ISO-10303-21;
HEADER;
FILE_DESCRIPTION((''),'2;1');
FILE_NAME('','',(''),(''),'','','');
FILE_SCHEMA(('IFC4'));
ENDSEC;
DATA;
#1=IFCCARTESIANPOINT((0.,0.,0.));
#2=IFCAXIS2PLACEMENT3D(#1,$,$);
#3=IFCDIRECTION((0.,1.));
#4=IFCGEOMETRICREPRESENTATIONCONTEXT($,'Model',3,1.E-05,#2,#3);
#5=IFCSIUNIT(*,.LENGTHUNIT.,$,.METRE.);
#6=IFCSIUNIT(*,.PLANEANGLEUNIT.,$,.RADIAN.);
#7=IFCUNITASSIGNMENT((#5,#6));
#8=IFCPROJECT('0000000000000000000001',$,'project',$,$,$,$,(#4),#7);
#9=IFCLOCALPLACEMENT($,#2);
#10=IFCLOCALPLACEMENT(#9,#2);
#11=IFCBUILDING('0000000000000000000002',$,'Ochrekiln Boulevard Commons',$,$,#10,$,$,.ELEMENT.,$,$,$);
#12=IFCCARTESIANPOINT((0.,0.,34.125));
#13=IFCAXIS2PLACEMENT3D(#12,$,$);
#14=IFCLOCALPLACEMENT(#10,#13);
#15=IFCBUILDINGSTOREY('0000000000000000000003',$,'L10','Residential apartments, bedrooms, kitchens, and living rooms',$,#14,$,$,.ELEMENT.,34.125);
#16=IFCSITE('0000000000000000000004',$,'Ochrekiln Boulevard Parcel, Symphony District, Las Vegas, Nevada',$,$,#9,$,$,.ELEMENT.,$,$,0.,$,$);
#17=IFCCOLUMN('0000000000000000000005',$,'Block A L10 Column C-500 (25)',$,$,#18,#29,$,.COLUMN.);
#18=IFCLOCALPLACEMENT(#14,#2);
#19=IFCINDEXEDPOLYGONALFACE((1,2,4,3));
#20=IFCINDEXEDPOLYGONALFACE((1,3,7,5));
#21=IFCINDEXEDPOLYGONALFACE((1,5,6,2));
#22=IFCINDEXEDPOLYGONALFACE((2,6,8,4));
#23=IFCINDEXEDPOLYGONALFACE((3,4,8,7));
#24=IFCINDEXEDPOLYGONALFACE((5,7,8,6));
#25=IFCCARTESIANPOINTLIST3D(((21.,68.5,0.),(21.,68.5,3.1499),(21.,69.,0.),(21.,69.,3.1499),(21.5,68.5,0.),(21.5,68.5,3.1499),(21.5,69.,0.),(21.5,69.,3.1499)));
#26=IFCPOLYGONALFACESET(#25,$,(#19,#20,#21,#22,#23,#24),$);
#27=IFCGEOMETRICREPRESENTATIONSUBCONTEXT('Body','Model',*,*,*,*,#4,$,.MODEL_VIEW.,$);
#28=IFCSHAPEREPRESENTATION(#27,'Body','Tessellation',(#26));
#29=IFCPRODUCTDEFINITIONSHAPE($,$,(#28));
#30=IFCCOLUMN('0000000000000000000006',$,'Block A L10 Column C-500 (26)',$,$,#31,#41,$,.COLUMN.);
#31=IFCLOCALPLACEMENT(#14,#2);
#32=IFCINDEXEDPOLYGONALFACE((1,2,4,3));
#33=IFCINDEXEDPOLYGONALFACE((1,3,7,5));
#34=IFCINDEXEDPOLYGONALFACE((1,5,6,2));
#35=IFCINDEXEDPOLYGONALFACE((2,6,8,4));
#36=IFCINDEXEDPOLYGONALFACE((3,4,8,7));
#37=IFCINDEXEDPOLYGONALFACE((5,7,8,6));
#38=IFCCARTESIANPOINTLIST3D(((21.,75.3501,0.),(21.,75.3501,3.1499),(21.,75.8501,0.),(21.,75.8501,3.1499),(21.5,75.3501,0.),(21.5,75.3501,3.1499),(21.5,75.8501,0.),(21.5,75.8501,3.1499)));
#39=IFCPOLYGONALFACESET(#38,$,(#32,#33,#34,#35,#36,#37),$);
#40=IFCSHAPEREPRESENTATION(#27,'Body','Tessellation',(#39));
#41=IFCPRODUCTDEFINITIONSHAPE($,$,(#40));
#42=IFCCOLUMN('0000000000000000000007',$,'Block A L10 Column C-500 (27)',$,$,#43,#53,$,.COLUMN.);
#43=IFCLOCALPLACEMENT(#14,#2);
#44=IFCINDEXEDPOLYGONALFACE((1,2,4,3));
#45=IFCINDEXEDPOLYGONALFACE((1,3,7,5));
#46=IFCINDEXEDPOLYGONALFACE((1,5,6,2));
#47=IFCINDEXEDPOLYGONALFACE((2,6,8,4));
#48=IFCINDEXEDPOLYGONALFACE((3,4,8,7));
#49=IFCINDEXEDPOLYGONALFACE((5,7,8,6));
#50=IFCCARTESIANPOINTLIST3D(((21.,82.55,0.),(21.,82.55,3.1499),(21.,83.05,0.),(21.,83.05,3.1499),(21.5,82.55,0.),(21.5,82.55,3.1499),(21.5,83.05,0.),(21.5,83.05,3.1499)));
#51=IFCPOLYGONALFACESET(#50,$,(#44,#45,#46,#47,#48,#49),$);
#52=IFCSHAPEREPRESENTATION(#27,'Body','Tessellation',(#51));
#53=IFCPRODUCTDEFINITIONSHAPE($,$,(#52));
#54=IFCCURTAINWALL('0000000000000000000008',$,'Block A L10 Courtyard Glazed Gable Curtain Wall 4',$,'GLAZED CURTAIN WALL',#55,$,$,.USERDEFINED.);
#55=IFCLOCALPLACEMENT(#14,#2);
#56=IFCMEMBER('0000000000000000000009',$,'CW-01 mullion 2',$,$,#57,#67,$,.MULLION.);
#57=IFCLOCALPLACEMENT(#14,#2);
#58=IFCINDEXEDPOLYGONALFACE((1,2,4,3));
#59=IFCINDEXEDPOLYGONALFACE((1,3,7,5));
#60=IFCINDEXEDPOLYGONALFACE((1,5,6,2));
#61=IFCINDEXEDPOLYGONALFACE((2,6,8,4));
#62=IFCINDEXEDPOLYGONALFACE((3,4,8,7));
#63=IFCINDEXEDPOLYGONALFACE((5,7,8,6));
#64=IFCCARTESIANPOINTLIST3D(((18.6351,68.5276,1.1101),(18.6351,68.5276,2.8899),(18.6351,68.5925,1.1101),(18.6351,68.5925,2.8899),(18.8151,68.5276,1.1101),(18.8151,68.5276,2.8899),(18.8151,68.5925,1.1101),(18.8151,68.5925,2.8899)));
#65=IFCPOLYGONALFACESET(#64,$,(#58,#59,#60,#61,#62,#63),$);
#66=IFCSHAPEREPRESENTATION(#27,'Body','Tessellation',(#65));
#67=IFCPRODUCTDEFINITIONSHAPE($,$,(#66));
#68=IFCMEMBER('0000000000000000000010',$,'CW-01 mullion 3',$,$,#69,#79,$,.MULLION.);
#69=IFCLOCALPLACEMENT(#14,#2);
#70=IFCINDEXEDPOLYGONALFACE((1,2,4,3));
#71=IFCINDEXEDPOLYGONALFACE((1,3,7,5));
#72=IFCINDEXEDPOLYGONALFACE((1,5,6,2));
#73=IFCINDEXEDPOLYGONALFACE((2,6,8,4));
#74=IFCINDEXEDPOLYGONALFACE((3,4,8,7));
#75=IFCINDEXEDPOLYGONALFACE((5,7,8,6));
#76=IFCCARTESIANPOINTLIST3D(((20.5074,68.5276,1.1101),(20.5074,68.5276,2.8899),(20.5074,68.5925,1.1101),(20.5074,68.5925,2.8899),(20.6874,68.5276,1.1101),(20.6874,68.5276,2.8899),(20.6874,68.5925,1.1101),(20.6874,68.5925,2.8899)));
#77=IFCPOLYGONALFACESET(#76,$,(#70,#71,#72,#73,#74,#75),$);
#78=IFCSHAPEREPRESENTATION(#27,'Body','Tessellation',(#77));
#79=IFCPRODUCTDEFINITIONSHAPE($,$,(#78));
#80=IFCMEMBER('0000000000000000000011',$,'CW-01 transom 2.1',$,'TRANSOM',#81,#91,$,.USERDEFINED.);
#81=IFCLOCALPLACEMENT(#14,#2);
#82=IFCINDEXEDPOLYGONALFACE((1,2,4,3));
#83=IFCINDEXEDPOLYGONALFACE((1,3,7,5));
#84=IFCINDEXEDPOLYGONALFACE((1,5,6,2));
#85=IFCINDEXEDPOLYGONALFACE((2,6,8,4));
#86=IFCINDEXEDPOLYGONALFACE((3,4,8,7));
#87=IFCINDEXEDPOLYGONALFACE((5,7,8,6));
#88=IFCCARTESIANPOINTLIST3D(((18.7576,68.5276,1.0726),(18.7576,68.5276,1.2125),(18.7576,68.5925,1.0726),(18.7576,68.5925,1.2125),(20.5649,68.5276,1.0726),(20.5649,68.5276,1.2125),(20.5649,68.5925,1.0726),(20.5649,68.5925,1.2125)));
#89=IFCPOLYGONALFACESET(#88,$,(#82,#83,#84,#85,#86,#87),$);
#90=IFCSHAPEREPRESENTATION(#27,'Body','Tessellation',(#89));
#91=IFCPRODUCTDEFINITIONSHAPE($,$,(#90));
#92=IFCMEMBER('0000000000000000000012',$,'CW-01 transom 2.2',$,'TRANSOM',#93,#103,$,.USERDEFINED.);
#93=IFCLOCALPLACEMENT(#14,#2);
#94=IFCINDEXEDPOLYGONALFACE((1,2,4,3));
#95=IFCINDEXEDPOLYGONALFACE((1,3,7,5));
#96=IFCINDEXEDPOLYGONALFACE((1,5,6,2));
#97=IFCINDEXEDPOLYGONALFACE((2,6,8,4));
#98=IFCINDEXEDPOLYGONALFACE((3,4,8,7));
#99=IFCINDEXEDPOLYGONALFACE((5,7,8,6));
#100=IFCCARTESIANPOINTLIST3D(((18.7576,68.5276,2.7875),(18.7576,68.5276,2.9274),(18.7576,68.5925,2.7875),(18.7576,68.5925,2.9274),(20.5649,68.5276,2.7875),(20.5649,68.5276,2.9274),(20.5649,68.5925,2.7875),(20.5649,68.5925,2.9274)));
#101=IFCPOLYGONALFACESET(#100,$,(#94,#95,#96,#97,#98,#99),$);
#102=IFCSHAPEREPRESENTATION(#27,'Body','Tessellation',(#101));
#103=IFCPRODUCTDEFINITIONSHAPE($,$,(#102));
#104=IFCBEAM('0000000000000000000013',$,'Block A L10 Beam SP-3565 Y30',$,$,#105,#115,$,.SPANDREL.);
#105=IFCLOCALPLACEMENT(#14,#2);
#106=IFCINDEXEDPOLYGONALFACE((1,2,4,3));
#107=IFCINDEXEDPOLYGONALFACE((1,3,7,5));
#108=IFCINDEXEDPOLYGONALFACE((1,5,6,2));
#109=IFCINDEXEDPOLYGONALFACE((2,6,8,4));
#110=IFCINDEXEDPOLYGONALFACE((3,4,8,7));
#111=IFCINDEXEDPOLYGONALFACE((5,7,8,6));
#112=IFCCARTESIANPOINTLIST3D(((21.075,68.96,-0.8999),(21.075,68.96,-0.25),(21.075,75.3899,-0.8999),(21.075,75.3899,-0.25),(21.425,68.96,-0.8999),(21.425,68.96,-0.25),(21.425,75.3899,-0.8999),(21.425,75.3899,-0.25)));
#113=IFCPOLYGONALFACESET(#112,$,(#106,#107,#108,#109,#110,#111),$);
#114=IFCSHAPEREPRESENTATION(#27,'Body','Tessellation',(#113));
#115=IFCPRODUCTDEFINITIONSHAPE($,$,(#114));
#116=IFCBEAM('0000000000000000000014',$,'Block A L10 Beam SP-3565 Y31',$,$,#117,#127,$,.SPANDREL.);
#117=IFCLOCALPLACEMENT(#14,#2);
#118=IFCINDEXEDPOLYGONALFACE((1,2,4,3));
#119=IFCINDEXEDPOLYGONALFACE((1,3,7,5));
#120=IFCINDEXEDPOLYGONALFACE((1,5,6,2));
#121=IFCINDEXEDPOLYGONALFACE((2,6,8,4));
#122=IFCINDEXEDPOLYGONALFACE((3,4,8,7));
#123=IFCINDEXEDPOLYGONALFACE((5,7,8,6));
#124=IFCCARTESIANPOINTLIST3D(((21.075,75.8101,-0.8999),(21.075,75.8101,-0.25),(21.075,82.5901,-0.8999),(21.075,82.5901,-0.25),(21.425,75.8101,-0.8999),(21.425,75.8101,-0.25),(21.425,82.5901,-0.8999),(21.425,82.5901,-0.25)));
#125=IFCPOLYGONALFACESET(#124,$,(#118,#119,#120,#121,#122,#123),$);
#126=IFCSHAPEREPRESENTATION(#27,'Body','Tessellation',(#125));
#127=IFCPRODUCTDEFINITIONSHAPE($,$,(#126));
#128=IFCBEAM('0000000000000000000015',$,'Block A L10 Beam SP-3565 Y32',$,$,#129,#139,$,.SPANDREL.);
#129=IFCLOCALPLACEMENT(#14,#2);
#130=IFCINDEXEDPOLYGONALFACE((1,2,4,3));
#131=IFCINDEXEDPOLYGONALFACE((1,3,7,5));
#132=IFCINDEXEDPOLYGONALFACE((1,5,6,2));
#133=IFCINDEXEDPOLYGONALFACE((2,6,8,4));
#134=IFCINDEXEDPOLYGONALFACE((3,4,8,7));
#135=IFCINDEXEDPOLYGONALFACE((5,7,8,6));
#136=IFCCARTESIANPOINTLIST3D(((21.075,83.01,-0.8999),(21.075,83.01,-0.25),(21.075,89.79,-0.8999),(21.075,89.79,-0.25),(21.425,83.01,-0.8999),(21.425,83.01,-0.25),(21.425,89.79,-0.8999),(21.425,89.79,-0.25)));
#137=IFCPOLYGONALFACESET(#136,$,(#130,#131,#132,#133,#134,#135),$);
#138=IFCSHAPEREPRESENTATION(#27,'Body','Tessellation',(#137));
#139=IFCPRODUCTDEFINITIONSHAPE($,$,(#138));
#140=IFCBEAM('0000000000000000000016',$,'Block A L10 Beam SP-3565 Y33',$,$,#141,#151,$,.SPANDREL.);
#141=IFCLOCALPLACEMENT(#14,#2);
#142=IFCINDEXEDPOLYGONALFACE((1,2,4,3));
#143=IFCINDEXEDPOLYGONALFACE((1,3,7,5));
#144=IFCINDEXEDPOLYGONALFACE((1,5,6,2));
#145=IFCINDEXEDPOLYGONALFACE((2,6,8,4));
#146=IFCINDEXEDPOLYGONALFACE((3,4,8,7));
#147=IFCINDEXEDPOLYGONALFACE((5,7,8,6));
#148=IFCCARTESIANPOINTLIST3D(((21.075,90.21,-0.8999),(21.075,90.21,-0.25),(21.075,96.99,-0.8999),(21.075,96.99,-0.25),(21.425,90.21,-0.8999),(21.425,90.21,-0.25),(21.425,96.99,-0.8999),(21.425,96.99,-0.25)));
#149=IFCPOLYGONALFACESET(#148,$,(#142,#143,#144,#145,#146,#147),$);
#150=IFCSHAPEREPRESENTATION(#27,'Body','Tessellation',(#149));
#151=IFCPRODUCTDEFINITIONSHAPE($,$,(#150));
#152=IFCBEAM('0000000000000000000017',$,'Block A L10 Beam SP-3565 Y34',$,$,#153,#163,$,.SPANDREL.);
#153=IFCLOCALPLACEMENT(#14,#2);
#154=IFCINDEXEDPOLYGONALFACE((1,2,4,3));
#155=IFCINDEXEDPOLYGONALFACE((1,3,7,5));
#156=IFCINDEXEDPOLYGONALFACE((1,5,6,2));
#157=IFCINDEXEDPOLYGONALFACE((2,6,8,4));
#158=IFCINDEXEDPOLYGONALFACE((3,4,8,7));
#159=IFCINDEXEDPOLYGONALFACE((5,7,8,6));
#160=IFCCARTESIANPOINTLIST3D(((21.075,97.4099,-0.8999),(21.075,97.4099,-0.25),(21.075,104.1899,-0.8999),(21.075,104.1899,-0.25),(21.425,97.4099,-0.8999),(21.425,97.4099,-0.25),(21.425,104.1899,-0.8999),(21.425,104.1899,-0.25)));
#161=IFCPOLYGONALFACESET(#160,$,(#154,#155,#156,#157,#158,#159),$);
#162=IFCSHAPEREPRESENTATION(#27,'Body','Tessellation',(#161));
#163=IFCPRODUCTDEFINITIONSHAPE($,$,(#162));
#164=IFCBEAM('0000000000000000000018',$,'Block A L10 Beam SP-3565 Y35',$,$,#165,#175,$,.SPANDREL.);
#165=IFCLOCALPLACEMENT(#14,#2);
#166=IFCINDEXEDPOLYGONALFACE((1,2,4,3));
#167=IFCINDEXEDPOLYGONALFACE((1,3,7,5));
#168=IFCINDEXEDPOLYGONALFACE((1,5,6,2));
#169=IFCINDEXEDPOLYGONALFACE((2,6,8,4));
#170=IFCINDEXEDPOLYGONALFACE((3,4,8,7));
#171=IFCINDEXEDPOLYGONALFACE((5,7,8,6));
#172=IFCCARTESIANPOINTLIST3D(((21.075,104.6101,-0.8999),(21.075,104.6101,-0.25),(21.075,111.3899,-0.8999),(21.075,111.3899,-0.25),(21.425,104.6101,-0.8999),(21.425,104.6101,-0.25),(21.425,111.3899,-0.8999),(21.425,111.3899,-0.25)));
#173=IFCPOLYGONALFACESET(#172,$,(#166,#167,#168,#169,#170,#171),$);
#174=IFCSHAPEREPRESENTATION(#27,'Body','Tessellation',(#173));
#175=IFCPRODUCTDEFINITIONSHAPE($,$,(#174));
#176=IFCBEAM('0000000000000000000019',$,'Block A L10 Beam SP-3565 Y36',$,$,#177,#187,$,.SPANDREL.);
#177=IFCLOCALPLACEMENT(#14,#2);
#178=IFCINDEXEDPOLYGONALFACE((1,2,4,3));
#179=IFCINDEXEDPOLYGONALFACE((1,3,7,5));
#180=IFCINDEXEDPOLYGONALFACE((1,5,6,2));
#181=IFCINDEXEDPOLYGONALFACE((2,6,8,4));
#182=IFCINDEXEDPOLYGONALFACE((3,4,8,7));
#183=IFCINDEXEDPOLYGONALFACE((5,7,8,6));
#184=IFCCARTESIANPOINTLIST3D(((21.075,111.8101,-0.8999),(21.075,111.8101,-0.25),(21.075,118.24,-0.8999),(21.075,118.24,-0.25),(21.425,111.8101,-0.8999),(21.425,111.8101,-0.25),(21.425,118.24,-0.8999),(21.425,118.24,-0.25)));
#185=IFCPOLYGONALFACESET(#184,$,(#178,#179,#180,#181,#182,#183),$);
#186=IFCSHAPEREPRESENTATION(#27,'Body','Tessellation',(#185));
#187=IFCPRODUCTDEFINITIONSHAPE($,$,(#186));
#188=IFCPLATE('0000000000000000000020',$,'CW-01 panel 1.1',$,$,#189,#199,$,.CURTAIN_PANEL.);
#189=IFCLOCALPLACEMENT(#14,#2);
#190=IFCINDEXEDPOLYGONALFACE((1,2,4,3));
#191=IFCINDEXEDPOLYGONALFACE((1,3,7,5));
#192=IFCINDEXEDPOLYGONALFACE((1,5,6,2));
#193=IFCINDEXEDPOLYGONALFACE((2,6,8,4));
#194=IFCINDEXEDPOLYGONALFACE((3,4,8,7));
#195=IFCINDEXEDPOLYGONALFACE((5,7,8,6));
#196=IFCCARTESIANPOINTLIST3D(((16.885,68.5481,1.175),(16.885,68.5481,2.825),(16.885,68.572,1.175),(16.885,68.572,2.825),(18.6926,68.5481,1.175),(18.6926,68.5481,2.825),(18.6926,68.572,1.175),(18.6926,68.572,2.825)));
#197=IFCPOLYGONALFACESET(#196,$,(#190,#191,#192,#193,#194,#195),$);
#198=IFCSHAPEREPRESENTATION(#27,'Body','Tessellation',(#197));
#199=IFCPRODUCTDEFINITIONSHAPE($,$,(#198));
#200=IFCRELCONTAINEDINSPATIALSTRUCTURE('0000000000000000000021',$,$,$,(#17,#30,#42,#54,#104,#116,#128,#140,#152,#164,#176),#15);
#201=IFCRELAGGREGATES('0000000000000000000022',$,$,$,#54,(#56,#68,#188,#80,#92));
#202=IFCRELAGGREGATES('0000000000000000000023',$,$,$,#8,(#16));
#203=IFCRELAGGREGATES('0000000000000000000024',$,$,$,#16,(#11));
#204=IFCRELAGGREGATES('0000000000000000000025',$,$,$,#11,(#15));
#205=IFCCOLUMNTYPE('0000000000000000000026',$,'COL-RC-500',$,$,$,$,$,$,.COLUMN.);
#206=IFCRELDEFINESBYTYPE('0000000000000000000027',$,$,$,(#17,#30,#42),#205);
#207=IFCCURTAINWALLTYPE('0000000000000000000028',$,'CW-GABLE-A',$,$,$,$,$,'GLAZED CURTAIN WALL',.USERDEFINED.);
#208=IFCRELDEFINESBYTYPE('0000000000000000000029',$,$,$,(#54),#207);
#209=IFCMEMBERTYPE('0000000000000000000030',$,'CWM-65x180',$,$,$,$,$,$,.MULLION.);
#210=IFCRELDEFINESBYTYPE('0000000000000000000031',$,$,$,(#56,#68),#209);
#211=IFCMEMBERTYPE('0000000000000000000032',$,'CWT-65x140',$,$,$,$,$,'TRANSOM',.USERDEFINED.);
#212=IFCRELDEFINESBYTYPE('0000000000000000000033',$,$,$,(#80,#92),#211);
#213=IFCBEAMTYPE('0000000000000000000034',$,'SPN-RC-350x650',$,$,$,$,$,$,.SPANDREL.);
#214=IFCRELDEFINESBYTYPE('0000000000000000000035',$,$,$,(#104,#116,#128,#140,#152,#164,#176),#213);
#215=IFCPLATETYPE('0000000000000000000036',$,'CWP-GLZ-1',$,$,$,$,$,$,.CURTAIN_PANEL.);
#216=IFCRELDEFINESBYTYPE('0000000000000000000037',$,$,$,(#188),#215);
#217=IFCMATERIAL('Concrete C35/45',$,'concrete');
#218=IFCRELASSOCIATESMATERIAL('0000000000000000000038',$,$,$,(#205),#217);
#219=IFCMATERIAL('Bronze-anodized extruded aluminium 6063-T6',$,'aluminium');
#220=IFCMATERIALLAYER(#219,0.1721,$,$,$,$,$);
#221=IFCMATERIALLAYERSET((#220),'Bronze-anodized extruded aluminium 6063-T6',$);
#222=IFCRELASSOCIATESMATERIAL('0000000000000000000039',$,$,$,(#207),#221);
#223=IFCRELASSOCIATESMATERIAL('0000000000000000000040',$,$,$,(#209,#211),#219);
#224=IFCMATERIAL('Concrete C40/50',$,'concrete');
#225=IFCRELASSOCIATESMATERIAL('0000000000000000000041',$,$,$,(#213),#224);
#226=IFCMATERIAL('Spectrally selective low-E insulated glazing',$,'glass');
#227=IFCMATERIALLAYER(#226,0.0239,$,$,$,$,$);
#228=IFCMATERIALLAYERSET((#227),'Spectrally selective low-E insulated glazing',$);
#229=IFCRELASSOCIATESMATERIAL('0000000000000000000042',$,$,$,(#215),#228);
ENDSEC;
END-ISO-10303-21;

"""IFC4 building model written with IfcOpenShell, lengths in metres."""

from ifc_helpers import new_model, si_unit, direction, frame, origin, origin_2d, place, context, subcontext, project, spatial, rectangle, extrude, material, layer, layer_set, material_profile, profile_set, type_object, element, aggregate, save


model = new_model("IFC4")

# Units and contexts
model_context = context("Model", 3, precision=1e-05, world=origin(), true_north=direction((0.0, 1.0)))
body_context = subcontext(model_context, "Body", "Model", "MODEL_VIEW")
ifc_project = project(units=[si_unit("LENGTHUNIT", "METRE"), si_unit("PLANEANGLEUNIT", "RADIAN")], contexts=[model_context])

# Site, building, storey
site_placement = place(None, origin())
site = spatial("IfcSite", under=ifc_project, at=site_placement, Name="Ochrekiln Boulevard Parcel, Symphony District, Las Vegas, Nevada", CompositionType="ELEMENT", RefElevation=0.0)
building_placement = place(site_placement, origin())
building = spatial("IfcBuilding", under=site, at=building_placement, Name="Ochrekiln Boulevard Commons", CompositionType="ELEMENT")
storey_placement = place(building_placement, frame((0.0, 0.0, 34.125)))
storey = spatial("IfcBuildingStorey", under=building, at=storey_placement, Name="L10", Description="Residential apartments, bedrooms, kitchens, and living rooms", CompositionType="ELEMENT", Elevation=34.125)

# Columns
ifc_material_1 = material(Name="Concrete C35/45", Category="concrete")
ifc_material_profile_1 = material_profile(ifc_material_1, rectangle(XDim=0.5, YDim=0.5, at=origin_2d()), Name="RC-COL-500x500")
ifc_profile_set_1 = profile_set([ifc_material_profile_1], Name="Concrete C35/45")
column_type = type_object("IfcColumnType", Name="COL-RC-500", PredefinedType="COLUMN", material=ifc_profile_set_1)
for number, where, z_axis, x_axis, name in (
    (1, (21.25, 68.75, 0.0), (0.0, 0.0, 1.0), (1.0, 0.0, 0.0), "Block A L10 Column C-500 (25)"),
    (2, (21.25, 75.6001, 0.0), (0.0, 0.0, 1.0), (1.0, 0.0, 0.0), "Block A L10 Column C-500 (26)"),
    (3, (21.25, 82.8, 0.0), (0.0, 0.0, 1.0), (1.0, 0.0, 0.0), "Block A L10 Column C-500 (27)"),
):
    element("IfcColumn", number, at=place(storey_placement, frame(where, z_axis=z_axis, x_axis=x_axis)), inside=storey, type_object=column_type, Name=name, PredefinedType="COLUMN", context=body_context, shape_type="SweptSolid", body=[
        extrude(rectangle(XDim=0.5, YDim=0.5, at=origin_2d()), origin(), (0.0, 0.0, 1.0), 3.1499),
    ])

# Curtain wall, members
ifc_material_2 = material(Name="Bronze-anodized extruded aluminium 6063-T6", Category="aluminium")
ifc_layer_1 = layer(ifc_material_2, 0.1721)
ifc_layer_set_1 = layer_set([ifc_layer_1], Name="Bronze-anodized extruded aluminium 6063-T6")
curtain_wall_type = type_object("IfcCurtainWallType", Name="CW-GABLE-A", ElementType="GLAZED CURTAIN WALL", PredefinedType="USERDEFINED", material=ifc_layer_set_1)
curtain_wall_placement = place(storey_placement, origin())
curtain_wall = element("IfcCurtainWall", 4, at=curtain_wall_placement, inside=storey, type_object=curtain_wall_type, Name="Block A L10 Courtyard Glazed Gable Curtain Wall 4", ObjectType="GLAZED CURTAIN WALL", PredefinedType="USERDEFINED")
ifc_material_profile_2 = material_profile(ifc_material_2, rectangle(XDim=0.0649, YDim=0.1799, at=origin_2d()), Name="ALU-MUL-65x180")
ifc_profile_set_2 = profile_set([ifc_material_profile_2], Name="Bronze-anodized extruded aluminium 6063-T6")
member_type_1 = type_object("IfcMemberType", Name="CWM-65x180", PredefinedType="MULLION", material=ifc_profile_set_2)
member_1_placement = place(storey_placement, frame((18.7251, 68.5601, 1.1101), z_axis=(0.0, 0.0, 1.0), x_axis=(0.0, 1.0, 0.0)))
member_1 = element("IfcMember", 5, at=member_1_placement, type_object=member_type_1, Name="CW-01 mullion 2", PredefinedType="MULLION", context=body_context, shape_type="SweptSolid", body=[
    extrude(rectangle(XDim=0.0649, YDim=0.1799, at=origin_2d()), origin(), (0.0, 0.0, 1.0), 1.7798),
])
member_2_placement = place(storey_placement, frame((20.5974, 68.5601, 1.1101), z_axis=(0.0, 0.0, 1.0), x_axis=(0.0, 1.0, 0.0)))
member_2 = element("IfcMember", 6, at=member_2_placement, type_object=member_type_1, Name="CW-01 mullion 3", PredefinedType="MULLION", context=body_context, shape_type="SweptSolid", body=[
    extrude(rectangle(XDim=0.0649, YDim=0.1799, at=origin_2d()), origin(), (0.0, 0.0, 1.0), 1.7798),
])
ifc_material_profile_3 = material_profile(ifc_material_2, rectangle(XDim=0.0649, YDim=0.1399, at=origin_2d()), Name="ALU-TRN-65x140")
ifc_profile_set_3 = profile_set([ifc_material_profile_3], Name="Bronze-anodized extruded aluminium 6063-T6")
member_type_2 = type_object("IfcMemberType", Name="CWT-65x140", ElementType="TRANSOM", PredefinedType="USERDEFINED", material=ifc_profile_set_3)
member_3_placement = place(storey_placement, frame((18.7576, 68.5601, 1.1426), z_axis=(1.0, 0.0, 0.0), x_axis=(0.0, 1.0, 0.0)))
member_3 = element("IfcMember", 7, at=member_3_placement, type_object=member_type_2, Name="CW-01 transom 2.1", ObjectType="TRANSOM", PredefinedType="USERDEFINED", context=body_context, shape_type="SweptSolid", body=[
    extrude(rectangle(XDim=0.0649, YDim=0.1399, at=origin_2d()), origin(), (0.0, 0.0, 1.0), 1.8074),
])
member_4_placement = place(storey_placement, frame((18.7576, 68.5601, 2.8574), z_axis=(1.0, 0.0, 0.0), x_axis=(0.0, 1.0, 0.0)))
member_4 = element("IfcMember", 8, at=member_4_placement, type_object=member_type_2, Name="CW-01 transom 2.2", ObjectType="TRANSOM", PredefinedType="USERDEFINED", context=body_context, shape_type="SweptSolid", body=[
    extrude(rectangle(XDim=0.0649, YDim=0.1399, at=origin_2d()), origin(), (0.0, 0.0, 1.0), 1.8074),
])

# Beams
ifc_material_3 = material(Name="Concrete C40/50", Category="concrete")
ifc_material_profile_4 = material_profile(ifc_material_3, rectangle(XDim=0.3501, YDim=0.6499, at=origin_2d()), Name="RC-SPN-350x650")
ifc_profile_set_4 = profile_set([ifc_material_profile_4], Name="Concrete C40/50")
beam_type = type_object("IfcBeamType", Name="SPN-RC-350x650", PredefinedType="SPANDREL", material=ifc_profile_set_4)
beam_1_placement = place(storey_placement, frame((21.25, 68.96, -0.575), z_axis=(0.0, 1.0, 0.0), x_axis=(-1.0, 0.0, 0.0)))
element("IfcBeam", 9, at=beam_1_placement, inside=storey, type_object=beam_type, Name="Block A L10 Beam SP-3565 Y30", PredefinedType="SPANDREL", context=body_context, shape_type="SweptSolid", body=[
    extrude(rectangle(XDim=0.3501, YDim=0.6499, at=origin_2d()), origin(), (0.0, 0.0, 1.0), 6.4299),
])
for number, where, z_axis, x_axis, name in (
    (10, (21.25, 75.8101, -0.575), (0.0, 1.0, 0.0), (-1.0, 0.0, 0.0), "Block A L10 Beam SP-3565 Y31"),
    (11, (21.25, 83.01, -0.575), (0.0, 1.0, 0.0), (-1.0, 0.0, 0.0), "Block A L10 Beam SP-3565 Y32"),
    (12, (21.25, 90.21, -0.575), (0.0, 1.0, 0.0), (-1.0, 0.0, 0.0), "Block A L10 Beam SP-3565 Y33"),
    (13, (21.25, 97.4099, -0.575), (0.0, 1.0, 0.0), (-1.0, 0.0, 0.0), "Block A L10 Beam SP-3565 Y34"),
):
    element("IfcBeam", number, at=place(storey_placement, frame(where, z_axis=z_axis, x_axis=x_axis)), inside=storey, type_object=beam_type, Name=name, PredefinedType="SPANDREL", context=body_context, shape_type="SweptSolid", body=[
        extrude(rectangle(XDim=0.3501, YDim=0.6499, at=origin_2d()), origin(), (0.0, 0.0, 1.0), 6.78),
    ])
beam_2_placement = place(storey_placement, frame((21.25, 104.6101, -0.575), z_axis=(0.0, 1.0, 0.0), x_axis=(-1.0, 0.0, 0.0)))
element("IfcBeam", 14, at=beam_2_placement, inside=storey, type_object=beam_type, Name="Block A L10 Beam SP-3565 Y35", PredefinedType="SPANDREL", context=body_context, shape_type="SweptSolid", body=[
    extrude(rectangle(XDim=0.3501, YDim=0.6499, at=origin_2d()), origin(), (0.0, 0.0, 1.0), 6.7798),
])
beam_3_placement = place(storey_placement, frame((21.25, 111.8101, -0.575), z_axis=(0.0, 1.0, 0.0), x_axis=(-1.0, 0.0, 0.0)))
element("IfcBeam", 15, at=beam_3_placement, inside=storey, type_object=beam_type, Name="Block A L10 Beam SP-3565 Y36", PredefinedType="SPANDREL", context=body_context, shape_type="SweptSolid", body=[
    extrude(rectangle(XDim=0.3501, YDim=0.6499, at=origin_2d()), origin(), (0.0, 0.0, 1.0), 6.4299),
])

# Plate
ifc_material_4 = material(Name="Spectrally selective low-E insulated glazing", Category="glass")
ifc_layer_2 = layer(ifc_material_4, 0.0239)
ifc_layer_set_2 = layer_set([ifc_layer_2], Name="Spectrally selective low-E insulated glazing")
plate_type = type_object("IfcPlateType", Name="CWP-GLZ-1", PredefinedType="CURTAIN_PANEL", material=ifc_layer_set_2)
plate_1_placement = place(storey_placement, frame((17.7888, 68.5601, 1.175), z_axis=(0.0, 0.0, 1.0), x_axis=(1.0, 0.0, 0.0)))
plate_1 = element("IfcPlate", 16, at=plate_1_placement, type_object=plate_type, Name="CW-01 panel 1.1", PredefinedType="CURTAIN_PANEL", context=body_context, shape_type="SweptSolid", body=[
    extrude(rectangle(XDim=1.8076, YDim=0.0239, at=origin_2d()), origin(), (0.0, 0.0, 1.0), 1.6499),
])
aggregate(curtain_wall, [member_1, member_2, plate_1, member_3, member_4])

save(model, "model.ifc")
